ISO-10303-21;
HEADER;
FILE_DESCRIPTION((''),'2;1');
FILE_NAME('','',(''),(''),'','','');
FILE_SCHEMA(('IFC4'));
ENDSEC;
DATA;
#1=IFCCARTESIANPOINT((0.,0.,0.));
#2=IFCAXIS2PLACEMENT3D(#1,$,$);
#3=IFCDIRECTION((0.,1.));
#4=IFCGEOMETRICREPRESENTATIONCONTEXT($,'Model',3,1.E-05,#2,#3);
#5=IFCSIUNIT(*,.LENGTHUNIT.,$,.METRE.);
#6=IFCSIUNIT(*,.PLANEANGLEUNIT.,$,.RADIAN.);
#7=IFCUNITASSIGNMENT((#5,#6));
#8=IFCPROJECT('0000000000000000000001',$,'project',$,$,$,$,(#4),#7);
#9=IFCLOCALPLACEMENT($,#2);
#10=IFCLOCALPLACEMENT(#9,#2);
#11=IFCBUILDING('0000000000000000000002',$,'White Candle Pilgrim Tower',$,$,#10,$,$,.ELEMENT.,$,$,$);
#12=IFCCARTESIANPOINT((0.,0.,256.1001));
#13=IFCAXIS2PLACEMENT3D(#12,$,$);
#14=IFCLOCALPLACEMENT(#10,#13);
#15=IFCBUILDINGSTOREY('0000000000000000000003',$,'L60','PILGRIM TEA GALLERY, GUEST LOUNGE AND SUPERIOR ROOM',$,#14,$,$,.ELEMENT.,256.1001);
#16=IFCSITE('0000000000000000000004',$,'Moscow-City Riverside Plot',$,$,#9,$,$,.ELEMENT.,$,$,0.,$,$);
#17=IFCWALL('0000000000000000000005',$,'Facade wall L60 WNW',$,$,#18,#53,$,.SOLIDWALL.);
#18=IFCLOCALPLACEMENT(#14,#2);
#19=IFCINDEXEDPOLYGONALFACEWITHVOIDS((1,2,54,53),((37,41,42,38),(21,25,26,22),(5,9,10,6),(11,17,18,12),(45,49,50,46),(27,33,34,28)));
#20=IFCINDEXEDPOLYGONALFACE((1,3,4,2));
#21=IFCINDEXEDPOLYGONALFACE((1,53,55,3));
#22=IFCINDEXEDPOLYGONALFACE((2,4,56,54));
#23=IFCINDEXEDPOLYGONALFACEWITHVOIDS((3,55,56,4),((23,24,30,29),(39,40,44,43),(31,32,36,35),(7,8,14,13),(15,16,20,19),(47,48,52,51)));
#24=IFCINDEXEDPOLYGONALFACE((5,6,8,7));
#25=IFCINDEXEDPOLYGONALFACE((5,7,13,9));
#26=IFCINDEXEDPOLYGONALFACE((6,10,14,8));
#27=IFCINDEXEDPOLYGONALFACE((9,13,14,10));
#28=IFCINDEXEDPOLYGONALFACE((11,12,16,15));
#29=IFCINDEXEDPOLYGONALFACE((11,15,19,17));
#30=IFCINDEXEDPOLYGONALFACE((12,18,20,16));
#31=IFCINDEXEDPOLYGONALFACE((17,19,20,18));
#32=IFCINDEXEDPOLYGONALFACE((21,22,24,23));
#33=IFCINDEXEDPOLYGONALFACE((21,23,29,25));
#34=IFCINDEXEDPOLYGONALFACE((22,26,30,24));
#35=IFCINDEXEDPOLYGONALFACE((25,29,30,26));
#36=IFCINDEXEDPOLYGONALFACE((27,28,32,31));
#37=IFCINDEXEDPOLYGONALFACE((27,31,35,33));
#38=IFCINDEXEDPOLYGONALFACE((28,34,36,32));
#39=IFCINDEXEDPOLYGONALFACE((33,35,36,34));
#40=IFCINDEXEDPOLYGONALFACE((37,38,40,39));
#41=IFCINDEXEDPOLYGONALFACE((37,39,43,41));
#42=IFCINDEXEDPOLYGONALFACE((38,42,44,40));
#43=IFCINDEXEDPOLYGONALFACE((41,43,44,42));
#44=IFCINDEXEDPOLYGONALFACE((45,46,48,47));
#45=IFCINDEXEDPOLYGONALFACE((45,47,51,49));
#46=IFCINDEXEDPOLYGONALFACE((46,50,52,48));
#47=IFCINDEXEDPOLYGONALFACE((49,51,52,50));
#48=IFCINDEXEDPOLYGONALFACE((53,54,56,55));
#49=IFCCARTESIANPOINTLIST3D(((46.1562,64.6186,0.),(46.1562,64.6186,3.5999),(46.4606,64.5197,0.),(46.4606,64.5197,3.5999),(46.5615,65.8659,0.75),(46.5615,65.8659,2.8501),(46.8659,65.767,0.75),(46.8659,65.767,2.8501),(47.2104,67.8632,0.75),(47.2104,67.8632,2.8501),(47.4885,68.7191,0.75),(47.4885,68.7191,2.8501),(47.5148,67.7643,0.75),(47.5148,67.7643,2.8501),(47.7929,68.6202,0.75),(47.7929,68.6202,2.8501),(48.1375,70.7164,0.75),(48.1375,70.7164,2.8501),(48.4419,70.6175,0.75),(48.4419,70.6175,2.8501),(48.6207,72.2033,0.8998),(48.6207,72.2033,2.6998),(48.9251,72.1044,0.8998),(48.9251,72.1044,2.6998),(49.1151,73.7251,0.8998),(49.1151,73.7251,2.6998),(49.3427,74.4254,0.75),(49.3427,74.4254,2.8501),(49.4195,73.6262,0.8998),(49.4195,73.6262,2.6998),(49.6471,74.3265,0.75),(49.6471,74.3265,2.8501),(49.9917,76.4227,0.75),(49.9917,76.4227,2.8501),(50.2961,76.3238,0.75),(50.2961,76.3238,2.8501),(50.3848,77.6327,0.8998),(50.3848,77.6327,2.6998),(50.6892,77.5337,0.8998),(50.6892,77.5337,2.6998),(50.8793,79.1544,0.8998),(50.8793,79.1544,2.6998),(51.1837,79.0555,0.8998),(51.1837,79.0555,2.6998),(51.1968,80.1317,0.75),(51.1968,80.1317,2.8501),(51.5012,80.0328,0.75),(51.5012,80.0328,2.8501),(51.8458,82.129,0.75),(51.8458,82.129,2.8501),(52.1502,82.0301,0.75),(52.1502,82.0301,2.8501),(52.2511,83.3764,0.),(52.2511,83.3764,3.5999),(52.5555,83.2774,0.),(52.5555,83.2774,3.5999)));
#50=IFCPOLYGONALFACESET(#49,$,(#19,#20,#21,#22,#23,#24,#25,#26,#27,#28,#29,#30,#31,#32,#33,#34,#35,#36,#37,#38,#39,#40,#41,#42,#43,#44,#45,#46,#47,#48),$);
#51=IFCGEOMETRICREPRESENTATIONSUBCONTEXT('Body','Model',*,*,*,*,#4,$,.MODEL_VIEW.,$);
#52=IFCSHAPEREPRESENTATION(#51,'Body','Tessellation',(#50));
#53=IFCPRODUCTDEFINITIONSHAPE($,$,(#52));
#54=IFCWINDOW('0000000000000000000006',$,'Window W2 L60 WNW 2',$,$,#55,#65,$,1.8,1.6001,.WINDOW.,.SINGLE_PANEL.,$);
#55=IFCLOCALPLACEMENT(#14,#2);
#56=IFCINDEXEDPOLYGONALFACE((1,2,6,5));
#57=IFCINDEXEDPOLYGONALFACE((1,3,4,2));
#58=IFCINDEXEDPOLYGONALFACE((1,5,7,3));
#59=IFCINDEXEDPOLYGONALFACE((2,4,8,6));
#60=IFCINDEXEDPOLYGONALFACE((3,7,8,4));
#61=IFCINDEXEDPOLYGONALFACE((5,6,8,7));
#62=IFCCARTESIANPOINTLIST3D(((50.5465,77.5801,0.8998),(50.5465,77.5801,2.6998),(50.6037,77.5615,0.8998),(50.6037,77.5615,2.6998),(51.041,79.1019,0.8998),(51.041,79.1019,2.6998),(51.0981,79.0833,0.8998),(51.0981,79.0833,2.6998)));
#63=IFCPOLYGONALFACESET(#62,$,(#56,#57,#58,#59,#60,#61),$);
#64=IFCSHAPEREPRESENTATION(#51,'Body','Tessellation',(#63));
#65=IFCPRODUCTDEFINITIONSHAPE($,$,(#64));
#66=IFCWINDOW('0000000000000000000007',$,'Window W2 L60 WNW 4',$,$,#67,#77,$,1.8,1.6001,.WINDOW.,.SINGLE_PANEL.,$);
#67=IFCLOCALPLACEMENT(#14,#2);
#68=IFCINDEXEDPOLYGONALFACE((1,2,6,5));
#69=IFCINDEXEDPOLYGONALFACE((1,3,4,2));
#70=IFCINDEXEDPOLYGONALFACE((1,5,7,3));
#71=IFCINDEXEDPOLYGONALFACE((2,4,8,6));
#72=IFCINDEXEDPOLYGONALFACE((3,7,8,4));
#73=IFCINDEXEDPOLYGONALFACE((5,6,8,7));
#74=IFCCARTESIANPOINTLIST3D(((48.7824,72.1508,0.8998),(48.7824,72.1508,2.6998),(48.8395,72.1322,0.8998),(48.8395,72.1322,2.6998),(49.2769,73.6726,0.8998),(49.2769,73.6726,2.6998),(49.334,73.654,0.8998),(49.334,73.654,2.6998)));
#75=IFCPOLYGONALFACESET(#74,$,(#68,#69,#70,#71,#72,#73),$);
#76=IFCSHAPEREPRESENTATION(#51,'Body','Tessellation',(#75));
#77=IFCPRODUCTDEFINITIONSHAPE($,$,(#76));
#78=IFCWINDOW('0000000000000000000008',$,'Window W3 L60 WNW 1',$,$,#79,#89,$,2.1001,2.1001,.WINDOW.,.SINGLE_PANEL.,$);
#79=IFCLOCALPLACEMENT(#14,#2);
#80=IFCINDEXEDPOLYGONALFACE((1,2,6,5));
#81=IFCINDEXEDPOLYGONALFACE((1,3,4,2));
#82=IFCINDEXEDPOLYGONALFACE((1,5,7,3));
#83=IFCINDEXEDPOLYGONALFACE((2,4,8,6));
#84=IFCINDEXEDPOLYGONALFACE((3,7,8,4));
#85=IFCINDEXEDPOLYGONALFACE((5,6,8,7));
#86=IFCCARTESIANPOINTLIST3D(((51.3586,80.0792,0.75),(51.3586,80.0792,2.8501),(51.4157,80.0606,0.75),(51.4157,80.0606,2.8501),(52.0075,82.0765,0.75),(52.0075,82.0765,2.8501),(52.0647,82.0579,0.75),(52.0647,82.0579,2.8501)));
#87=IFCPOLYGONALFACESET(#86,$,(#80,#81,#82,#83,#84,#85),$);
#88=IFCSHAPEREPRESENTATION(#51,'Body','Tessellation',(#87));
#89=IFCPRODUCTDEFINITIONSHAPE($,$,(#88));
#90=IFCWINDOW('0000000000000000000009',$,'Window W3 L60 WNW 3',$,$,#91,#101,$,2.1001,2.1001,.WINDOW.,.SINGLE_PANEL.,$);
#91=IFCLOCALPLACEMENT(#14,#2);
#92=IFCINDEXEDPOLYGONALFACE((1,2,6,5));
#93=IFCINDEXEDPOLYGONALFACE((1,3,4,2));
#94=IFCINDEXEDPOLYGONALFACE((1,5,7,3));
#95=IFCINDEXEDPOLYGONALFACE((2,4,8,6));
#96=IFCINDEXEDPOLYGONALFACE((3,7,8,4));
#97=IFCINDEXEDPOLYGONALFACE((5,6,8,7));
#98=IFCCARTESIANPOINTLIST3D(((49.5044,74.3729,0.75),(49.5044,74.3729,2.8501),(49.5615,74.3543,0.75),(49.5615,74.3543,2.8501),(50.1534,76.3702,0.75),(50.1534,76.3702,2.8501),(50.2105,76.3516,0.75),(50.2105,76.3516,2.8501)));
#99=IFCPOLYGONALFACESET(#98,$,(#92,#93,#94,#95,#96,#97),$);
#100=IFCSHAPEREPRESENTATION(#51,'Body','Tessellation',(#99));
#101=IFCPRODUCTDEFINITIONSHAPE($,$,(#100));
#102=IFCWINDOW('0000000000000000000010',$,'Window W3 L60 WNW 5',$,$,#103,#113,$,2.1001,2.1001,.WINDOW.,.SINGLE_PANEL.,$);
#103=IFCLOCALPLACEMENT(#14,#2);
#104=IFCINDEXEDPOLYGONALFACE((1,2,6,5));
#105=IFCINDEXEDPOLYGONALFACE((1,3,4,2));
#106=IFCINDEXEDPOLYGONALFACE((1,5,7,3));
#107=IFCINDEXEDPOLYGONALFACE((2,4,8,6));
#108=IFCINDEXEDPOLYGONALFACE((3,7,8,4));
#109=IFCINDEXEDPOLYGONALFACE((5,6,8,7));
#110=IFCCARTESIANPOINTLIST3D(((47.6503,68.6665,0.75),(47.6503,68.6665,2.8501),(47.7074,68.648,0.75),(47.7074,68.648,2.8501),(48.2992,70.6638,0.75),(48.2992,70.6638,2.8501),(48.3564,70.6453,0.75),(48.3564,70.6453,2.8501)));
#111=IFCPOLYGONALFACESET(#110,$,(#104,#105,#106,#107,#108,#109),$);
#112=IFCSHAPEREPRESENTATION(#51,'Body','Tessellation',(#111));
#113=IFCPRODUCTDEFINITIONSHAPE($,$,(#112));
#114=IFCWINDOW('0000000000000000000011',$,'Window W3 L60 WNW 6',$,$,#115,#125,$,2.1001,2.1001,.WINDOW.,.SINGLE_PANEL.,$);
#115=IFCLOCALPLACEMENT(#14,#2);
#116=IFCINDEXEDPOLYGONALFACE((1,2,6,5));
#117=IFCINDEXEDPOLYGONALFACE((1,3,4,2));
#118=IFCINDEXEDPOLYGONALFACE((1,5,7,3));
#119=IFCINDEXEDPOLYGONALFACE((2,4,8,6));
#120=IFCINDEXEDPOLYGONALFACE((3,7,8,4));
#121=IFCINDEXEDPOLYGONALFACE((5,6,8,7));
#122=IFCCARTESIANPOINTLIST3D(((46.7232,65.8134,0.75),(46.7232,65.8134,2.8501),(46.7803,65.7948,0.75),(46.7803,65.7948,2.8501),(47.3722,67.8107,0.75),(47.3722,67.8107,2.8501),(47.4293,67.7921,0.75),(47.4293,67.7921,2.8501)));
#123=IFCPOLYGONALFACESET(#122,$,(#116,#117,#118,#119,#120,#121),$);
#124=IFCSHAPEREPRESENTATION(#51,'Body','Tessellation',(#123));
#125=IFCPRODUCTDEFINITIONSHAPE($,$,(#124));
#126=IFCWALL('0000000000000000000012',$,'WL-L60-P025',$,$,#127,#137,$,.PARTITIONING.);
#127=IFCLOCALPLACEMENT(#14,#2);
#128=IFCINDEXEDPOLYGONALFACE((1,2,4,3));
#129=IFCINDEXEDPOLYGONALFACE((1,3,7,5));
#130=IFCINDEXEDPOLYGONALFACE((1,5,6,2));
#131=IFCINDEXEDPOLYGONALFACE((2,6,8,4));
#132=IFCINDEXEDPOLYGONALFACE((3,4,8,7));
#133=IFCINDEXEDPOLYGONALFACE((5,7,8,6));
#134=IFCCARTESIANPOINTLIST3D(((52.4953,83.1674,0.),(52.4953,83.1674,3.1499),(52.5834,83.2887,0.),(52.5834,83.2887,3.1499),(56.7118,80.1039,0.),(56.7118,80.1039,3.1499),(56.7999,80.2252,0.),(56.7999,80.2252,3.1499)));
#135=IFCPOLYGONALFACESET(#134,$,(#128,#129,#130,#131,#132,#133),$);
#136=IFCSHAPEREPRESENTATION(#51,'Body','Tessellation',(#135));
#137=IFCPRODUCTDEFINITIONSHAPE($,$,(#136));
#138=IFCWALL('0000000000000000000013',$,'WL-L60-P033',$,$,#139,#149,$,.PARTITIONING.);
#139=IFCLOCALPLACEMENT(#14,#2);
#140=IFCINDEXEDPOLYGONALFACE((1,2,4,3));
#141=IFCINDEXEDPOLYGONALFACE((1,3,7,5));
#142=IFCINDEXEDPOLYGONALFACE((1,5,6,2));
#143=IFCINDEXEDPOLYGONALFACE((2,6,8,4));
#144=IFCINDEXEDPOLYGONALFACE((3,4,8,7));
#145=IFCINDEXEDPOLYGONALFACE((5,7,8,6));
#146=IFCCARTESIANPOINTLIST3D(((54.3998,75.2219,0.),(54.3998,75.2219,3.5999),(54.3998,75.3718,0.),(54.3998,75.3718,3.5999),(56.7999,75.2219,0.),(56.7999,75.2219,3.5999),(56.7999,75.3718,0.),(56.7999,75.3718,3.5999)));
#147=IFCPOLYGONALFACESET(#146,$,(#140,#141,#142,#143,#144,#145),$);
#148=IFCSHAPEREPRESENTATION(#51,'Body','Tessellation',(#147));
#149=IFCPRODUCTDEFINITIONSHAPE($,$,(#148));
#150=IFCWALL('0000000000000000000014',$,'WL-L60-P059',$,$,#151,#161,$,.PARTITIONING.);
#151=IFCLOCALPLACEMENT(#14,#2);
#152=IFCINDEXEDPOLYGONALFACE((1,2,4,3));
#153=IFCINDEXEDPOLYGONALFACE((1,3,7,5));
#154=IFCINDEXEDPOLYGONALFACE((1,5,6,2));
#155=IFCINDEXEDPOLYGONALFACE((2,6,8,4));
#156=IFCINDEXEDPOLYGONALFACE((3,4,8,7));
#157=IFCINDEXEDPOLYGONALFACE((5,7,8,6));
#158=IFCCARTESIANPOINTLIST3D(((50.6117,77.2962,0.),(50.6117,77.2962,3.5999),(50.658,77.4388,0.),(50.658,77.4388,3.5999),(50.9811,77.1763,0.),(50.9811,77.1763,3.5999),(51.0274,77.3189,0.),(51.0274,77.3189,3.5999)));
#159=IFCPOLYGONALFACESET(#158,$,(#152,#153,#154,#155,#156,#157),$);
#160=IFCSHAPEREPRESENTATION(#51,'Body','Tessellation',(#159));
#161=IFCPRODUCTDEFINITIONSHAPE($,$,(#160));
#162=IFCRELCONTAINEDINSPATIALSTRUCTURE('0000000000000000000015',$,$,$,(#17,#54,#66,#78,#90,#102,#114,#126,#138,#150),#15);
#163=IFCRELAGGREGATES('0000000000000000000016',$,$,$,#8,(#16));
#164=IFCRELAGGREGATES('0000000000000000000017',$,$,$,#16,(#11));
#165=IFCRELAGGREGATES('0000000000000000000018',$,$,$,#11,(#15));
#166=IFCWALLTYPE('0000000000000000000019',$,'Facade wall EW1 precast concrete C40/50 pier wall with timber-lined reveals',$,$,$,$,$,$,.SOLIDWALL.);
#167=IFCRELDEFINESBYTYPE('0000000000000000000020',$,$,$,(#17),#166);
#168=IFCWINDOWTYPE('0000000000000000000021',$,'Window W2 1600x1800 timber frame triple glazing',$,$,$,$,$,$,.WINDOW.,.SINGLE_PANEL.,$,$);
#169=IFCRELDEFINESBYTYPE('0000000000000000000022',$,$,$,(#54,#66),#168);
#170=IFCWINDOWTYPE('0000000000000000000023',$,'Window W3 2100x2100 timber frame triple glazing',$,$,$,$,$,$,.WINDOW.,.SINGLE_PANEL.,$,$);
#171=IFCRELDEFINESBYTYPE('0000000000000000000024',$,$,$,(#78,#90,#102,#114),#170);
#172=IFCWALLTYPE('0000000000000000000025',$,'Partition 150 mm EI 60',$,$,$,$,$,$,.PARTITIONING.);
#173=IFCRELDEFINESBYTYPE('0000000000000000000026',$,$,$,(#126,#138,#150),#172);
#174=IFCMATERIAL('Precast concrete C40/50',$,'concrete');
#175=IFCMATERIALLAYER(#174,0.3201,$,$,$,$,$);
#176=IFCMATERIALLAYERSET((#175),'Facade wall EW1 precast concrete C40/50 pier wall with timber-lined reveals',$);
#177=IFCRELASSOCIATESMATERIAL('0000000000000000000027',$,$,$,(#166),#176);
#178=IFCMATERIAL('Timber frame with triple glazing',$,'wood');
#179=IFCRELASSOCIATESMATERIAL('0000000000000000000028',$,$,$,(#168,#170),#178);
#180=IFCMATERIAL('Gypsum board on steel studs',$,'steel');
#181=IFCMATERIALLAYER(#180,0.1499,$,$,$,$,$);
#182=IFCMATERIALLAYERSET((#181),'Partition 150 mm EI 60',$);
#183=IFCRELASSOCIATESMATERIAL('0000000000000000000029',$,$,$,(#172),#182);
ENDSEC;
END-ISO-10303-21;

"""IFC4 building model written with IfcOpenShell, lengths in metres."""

from ifc_helpers import new_model, si_unit, direction, frame, frame_2d, origin, place, context, subcontext, project, spatial, rectangle, extrude, material, layer, layer_set, type_object, element, fill, save


model = new_model("IFC4")

# Units and contexts
model_context = context("Model", 3, precision=1e-05, world=origin(), true_north=direction((0.0, 1.0)))
body_context = subcontext(model_context, "Body", "Model", "MODEL_VIEW")
ifc_project = project(units=[si_unit("LENGTHUNIT", "METRE"), si_unit("PLANEANGLEUNIT", "RADIAN")], contexts=[model_context])

# Site, building, storey
site_placement = place(None, origin())
site = spatial("IfcSite", under=ifc_project, at=site_placement, Name="Moscow-City Riverside Plot", CompositionType="ELEMENT", RefElevation=0.0)
building_placement = place(site_placement, origin())
building = spatial("IfcBuilding", under=site, at=building_placement, Name="White Candle Pilgrim Tower", CompositionType="ELEMENT")
storey_placement = place(building_placement, frame((0.0, 0.0, 256.1001)))
storey = spatial("IfcBuildingStorey", under=building, at=storey_placement, Name="L60", Description="PILGRIM TEA GALLERY, GUEST LOUNGE AND SUPERIOR ROOM", CompositionType="ELEMENT", Elevation=256.1001)

# Shared definitions
ifc_material_1 = material(Name="Precast concrete C40/50", Category="concrete")
ifc_layer_1 = layer(ifc_material_1, 0.3201)
ifc_layer_set_1 = layer_set([ifc_layer_1], Name="Facade wall EW1 precast concrete C40/50 pier wall with timber-lined reveals")
wall_type_1 = type_object("IfcWallType", Name="Facade wall EW1 precast concrete C40/50 pier wall with timber-lined reveals", PredefinedType="SOLIDWALL", material=ifc_layer_set_1)
ifc_material_2 = material(Name="Timber frame with triple glazing", Category="wood")

# Wall, openings, windows
wall_1_placement = place(storey_placement, frame((52.4033, 83.3269, 0.0), z_axis=(0.0, 0.0, 1.0), x_axis=(-0.309026, -0.951054, 0.0)))
wall_1 = element("IfcWall", 1, at=wall_1_placement, inside=storey, type_object=wall_type_1, Name="Facade wall L60 WNW", PredefinedType="SOLIDWALL", context=body_context, shape_type="SweptSolid", body=[
    extrude(rectangle(XDim=19.7231, YDim=0.3201, at=frame_2d((9.8616, 0.0))), origin(), (0.0, 0.0, 1.0), 3.5999),
])
opening_1_placement = place(wall_1_placement, frame((1.3115, 0.0, 0.75)))
opening_1 = element("IfcOpeningElement", 2, at=opening_1_placement, cuts=wall_1, PredefinedType="OPENING", context=body_context, shape_type="SweptSolid", body=[
    extrude(rectangle(XDim=2.1001, YDim=2.1001, at=frame_2d((1.05, 1.05))), frame((0.0, 0.1699, 0.0), z_axis=(0.0, -1.0, 0.0), x_axis=(1.0, 0.0, 0.0)), (0.0, 0.0, 1.0), 0.3401),
])
opening_2_placement = place(wall_1_placement, frame((4.4392, 0.0, 0.8999)))
opening_2 = element("IfcOpeningElement", 3, at=opening_2_placement, cuts=wall_1, PredefinedType="OPENING", context=body_context, shape_type="SweptSolid", body=[
    extrude(rectangle(XDim=1.6001, YDim=1.8, at=frame_2d((0.8, 0.8999))), frame((0.0, 0.1699, 0.0), z_axis=(0.0, -1.0, 0.0), x_axis=(1.0, 0.0, 0.0)), (0.0, 0.0, 1.0), 0.3401),
])
opening_3_placement = place(wall_1_placement, frame((7.3115, 0.0, 0.75)))
opening_3 = element("IfcOpeningElement", 4, at=opening_3_placement, cuts=wall_1, PredefinedType="OPENING", context=body_context, shape_type="SweptSolid", body=[
    extrude(rectangle(XDim=2.1001, YDim=2.1001, at=frame_2d((1.05, 1.05))), frame((0.0, 0.1699, 0.0), z_axis=(0.0, -1.0, 0.0), x_axis=(1.0, 0.0, 0.0)), (0.0, 0.0, 1.0), 0.3401),
])
opening_4_placement = place(wall_1_placement, frame((10.1479, 0.0, 0.8999)))
opening_4 = element("IfcOpeningElement", 5, at=opening_4_placement, cuts=wall_1, PredefinedType="OPENING", context=body_context, shape_type="SweptSolid", body=[
    extrude(rectangle(XDim=1.6001, YDim=1.8, at=frame_2d((0.8, 0.8999))), frame((0.0, 0.1699, 0.0), z_axis=(0.0, -1.0, 0.0), x_axis=(1.0, 0.0, 0.0)), (0.0, 0.0, 1.0), 0.3401),
])
opening_5_placement = place(wall_1_placement, frame((13.3115, 0.0, 0.75)))
opening_5 = element("IfcOpeningElement", 6, at=opening_5_placement, cuts=wall_1, PredefinedType="OPENING", context=body_context, shape_type="SweptSolid", body=[
    extrude(rectangle(XDim=2.1001, YDim=2.1001, at=frame_2d((1.05, 1.05))), frame((0.0, 0.1699, 0.0), z_axis=(0.0, -1.0, 0.0), x_axis=(1.0, 0.0, 0.0)), (0.0, 0.0, 1.0), 0.3401),
])
opening_6_placement = place(wall_1_placement, frame((16.3115, 0.0, 0.75)))
opening_6 = element("IfcOpeningElement", 7, at=opening_6_placement, cuts=wall_1, PredefinedType="OPENING", context=body_context, shape_type="SweptSolid", body=[
    extrude(rectangle(XDim=2.1001, YDim=2.1001, at=frame_2d((1.05, 1.05))), frame((0.0, 0.1699, 0.0), z_axis=(0.0, -1.0, 0.0), x_axis=(1.0, 0.0, 0.0)), (0.0, 0.0, 1.0), 0.3401),
])
window_type_1 = type_object("IfcWindowType", Name="Window W2 1600x1800 timber frame triple glazing", PartitioningType="SINGLE_PANEL", PredefinedType="WINDOW", material=ifc_material_2)
window_1_placement = place(opening_2_placement, origin())
window_1 = element("IfcWindow", 8, at=window_1_placement, inside=storey, type_object=window_type_1, Name="Window W2 L60 WNW 2", OverallHeight=1.8, OverallWidth=1.6001, PartitioningType="SINGLE_PANEL", PredefinedType="WINDOW", context=body_context, shape_type="SweptSolid", body=[
    extrude(rectangle(XDim=1.6001, YDim=1.8, at=frame_2d((0.8, 0.8999))), frame((0.0, 0.0701, 0.0), z_axis=(0.0, -1.0, 0.0), x_axis=(1.0, 0.0, 0.0)), (0.0, 0.0, 1.0), 0.0601),
])
fill(opening_2, window_1)
window_2_placement = place(opening_4_placement, origin())
window_2 = element("IfcWindow", 9, at=window_2_placement, inside=storey, type_object=window_type_1, Name="Window W2 L60 WNW 4", OverallHeight=1.8, OverallWidth=1.6001, PartitioningType="SINGLE_PANEL", PredefinedType="WINDOW", context=body_context, shape_type="SweptSolid", body=[
    extrude(rectangle(XDim=1.6001, YDim=1.8, at=frame_2d((0.8, 0.8999))), frame((0.0, 0.0701, 0.0), z_axis=(0.0, -1.0, 0.0), x_axis=(1.0, 0.0, 0.0)), (0.0, 0.0, 1.0), 0.0601),
])
fill(opening_4, window_2)
window_type_2 = type_object("IfcWindowType", Name="Window W3 2100x2100 timber frame triple glazing", PartitioningType="SINGLE_PANEL", PredefinedType="WINDOW", material=ifc_material_2)
window_3_placement = place(opening_1_placement, origin())
window_3 = element("IfcWindow", 10, at=window_3_placement, inside=storey, type_object=window_type_2, Name="Window W3 L60 WNW 1", OverallHeight=2.1001, OverallWidth=2.1001, PartitioningType="SINGLE_PANEL", PredefinedType="WINDOW", context=body_context, shape_type="SweptSolid", body=[
    extrude(rectangle(XDim=2.1001, YDim=2.1001, at=frame_2d((1.05, 1.05))), frame((0.0, 0.0701, 0.0), z_axis=(0.0, -1.0, 0.0), x_axis=(1.0, 0.0, 0.0)), (0.0, 0.0, 1.0), 0.0601),
])
fill(opening_1, window_3)
window_4_placement = place(opening_3_placement, origin())
window_4 = element("IfcWindow", 11, at=window_4_placement, inside=storey, type_object=window_type_2, Name="Window W3 L60 WNW 3", OverallHeight=2.1001, OverallWidth=2.1001, PartitioningType="SINGLE_PANEL", PredefinedType="WINDOW", context=body_context, shape_type="SweptSolid", body=[
    extrude(rectangle(XDim=2.1001, YDim=2.1001, at=frame_2d((1.05, 1.05))), frame((0.0, 0.0701, 0.0), z_axis=(0.0, -1.0, 0.0), x_axis=(1.0, 0.0, 0.0)), (0.0, 0.0, 1.0), 0.0601),
])
fill(opening_3, window_4)
window_5_placement = place(opening_5_placement, origin())
window_5 = element("IfcWindow", 12, at=window_5_placement, inside=storey, type_object=window_type_2, Name="Window W3 L60 WNW 5", OverallHeight=2.1001, OverallWidth=2.1001, PartitioningType="SINGLE_PANEL", PredefinedType="WINDOW", context=body_context, shape_type="SweptSolid", body=[
    extrude(rectangle(XDim=2.1001, YDim=2.1001, at=frame_2d((1.05, 1.05))), frame((0.0, 0.0701, 0.0), z_axis=(0.0, -1.0, 0.0), x_axis=(1.0, 0.0, 0.0)), (0.0, 0.0, 1.0), 0.0601),
])
fill(opening_5, window_5)
window_6_placement = place(opening_6_placement, origin())
window_6 = element("IfcWindow", 13, at=window_6_placement, inside=storey, type_object=window_type_2, Name="Window W3 L60 WNW 6", OverallHeight=2.1001, OverallWidth=2.1001, PartitioningType="SINGLE_PANEL", PredefinedType="WINDOW", context=body_context, shape_type="SweptSolid", body=[
    extrude(rectangle(XDim=2.1001, YDim=2.1001, at=frame_2d((1.05, 1.05))), frame((0.0, 0.0701, 0.0), z_axis=(0.0, -1.0, 0.0), x_axis=(1.0, 0.0, 0.0)), (0.0, 0.0, 1.0), 0.0601),
])
fill(opening_6, window_6)

# Walls
ifc_material_3 = material(Name="Gypsum board on steel studs", Category="steel")
ifc_layer_2 = layer(ifc_material_3, 0.1499)
ifc_layer_set_2 = layer_set([ifc_layer_2], Name="Partition 150 mm EI 60")
wall_type_2 = type_object("IfcWallType", Name="Partition 150 mm EI 60", PredefinedType="PARTITIONING", material=ifc_layer_set_2)
wall_2_placement = place(storey_placement, frame((52.5393, 83.228, 0.0), z_axis=(0.0, 0.0, 1.0), x_axis=(0.80902, -0.587782, 0.0)))
element("IfcWall", 14, at=wall_2_placement, inside=storey, type_object=wall_type_2, Name="WL-L60-P025", PredefinedType="PARTITIONING", context=body_context, shape_type="SweptSolid", body=[
    extrude(rectangle(XDim=5.2119, YDim=0.1499, at=frame_2d((2.606, 0.0))), origin(), (0.0, 0.0, 1.0), 3.1499),
])
wall_3_placement = place(storey_placement, frame((56.8, 75.2969, 0.0), z_axis=(0.0, 0.0, 1.0), x_axis=(-1.0, 0.0, 0.0)))
element("IfcWall", 15, at=wall_3_placement, inside=storey, type_object=wall_type_2, Name="WL-L60-P033", PredefinedType="PARTITIONING", context=body_context, shape_type="SweptSolid", body=[
    extrude(rectangle(XDim=2.4001, YDim=0.1499, at=frame_2d((1.2002, 0.0))), origin(), (0.0, 0.0, 1.0), 3.5999),
])
wall_4_placement = place(storey_placement, frame((51.0044, 77.2476, 0.0), z_axis=(0.0, 0.0, 1.0), x_axis=(-0.951168, 0.308674, 0.0)))
element("IfcWall", 16, at=wall_4_placement, inside=storey, type_object=wall_type_2, Name="WL-L60-P059", PredefinedType="PARTITIONING", context=body_context, shape_type="SweptSolid", body=[
    extrude(rectangle(XDim=0.3884, YDim=0.1499, at=frame_2d((0.1943, 0.0))), origin(), (0.0, 0.0, 1.0), 3.5999),
])

save(model, "model.ifc")
